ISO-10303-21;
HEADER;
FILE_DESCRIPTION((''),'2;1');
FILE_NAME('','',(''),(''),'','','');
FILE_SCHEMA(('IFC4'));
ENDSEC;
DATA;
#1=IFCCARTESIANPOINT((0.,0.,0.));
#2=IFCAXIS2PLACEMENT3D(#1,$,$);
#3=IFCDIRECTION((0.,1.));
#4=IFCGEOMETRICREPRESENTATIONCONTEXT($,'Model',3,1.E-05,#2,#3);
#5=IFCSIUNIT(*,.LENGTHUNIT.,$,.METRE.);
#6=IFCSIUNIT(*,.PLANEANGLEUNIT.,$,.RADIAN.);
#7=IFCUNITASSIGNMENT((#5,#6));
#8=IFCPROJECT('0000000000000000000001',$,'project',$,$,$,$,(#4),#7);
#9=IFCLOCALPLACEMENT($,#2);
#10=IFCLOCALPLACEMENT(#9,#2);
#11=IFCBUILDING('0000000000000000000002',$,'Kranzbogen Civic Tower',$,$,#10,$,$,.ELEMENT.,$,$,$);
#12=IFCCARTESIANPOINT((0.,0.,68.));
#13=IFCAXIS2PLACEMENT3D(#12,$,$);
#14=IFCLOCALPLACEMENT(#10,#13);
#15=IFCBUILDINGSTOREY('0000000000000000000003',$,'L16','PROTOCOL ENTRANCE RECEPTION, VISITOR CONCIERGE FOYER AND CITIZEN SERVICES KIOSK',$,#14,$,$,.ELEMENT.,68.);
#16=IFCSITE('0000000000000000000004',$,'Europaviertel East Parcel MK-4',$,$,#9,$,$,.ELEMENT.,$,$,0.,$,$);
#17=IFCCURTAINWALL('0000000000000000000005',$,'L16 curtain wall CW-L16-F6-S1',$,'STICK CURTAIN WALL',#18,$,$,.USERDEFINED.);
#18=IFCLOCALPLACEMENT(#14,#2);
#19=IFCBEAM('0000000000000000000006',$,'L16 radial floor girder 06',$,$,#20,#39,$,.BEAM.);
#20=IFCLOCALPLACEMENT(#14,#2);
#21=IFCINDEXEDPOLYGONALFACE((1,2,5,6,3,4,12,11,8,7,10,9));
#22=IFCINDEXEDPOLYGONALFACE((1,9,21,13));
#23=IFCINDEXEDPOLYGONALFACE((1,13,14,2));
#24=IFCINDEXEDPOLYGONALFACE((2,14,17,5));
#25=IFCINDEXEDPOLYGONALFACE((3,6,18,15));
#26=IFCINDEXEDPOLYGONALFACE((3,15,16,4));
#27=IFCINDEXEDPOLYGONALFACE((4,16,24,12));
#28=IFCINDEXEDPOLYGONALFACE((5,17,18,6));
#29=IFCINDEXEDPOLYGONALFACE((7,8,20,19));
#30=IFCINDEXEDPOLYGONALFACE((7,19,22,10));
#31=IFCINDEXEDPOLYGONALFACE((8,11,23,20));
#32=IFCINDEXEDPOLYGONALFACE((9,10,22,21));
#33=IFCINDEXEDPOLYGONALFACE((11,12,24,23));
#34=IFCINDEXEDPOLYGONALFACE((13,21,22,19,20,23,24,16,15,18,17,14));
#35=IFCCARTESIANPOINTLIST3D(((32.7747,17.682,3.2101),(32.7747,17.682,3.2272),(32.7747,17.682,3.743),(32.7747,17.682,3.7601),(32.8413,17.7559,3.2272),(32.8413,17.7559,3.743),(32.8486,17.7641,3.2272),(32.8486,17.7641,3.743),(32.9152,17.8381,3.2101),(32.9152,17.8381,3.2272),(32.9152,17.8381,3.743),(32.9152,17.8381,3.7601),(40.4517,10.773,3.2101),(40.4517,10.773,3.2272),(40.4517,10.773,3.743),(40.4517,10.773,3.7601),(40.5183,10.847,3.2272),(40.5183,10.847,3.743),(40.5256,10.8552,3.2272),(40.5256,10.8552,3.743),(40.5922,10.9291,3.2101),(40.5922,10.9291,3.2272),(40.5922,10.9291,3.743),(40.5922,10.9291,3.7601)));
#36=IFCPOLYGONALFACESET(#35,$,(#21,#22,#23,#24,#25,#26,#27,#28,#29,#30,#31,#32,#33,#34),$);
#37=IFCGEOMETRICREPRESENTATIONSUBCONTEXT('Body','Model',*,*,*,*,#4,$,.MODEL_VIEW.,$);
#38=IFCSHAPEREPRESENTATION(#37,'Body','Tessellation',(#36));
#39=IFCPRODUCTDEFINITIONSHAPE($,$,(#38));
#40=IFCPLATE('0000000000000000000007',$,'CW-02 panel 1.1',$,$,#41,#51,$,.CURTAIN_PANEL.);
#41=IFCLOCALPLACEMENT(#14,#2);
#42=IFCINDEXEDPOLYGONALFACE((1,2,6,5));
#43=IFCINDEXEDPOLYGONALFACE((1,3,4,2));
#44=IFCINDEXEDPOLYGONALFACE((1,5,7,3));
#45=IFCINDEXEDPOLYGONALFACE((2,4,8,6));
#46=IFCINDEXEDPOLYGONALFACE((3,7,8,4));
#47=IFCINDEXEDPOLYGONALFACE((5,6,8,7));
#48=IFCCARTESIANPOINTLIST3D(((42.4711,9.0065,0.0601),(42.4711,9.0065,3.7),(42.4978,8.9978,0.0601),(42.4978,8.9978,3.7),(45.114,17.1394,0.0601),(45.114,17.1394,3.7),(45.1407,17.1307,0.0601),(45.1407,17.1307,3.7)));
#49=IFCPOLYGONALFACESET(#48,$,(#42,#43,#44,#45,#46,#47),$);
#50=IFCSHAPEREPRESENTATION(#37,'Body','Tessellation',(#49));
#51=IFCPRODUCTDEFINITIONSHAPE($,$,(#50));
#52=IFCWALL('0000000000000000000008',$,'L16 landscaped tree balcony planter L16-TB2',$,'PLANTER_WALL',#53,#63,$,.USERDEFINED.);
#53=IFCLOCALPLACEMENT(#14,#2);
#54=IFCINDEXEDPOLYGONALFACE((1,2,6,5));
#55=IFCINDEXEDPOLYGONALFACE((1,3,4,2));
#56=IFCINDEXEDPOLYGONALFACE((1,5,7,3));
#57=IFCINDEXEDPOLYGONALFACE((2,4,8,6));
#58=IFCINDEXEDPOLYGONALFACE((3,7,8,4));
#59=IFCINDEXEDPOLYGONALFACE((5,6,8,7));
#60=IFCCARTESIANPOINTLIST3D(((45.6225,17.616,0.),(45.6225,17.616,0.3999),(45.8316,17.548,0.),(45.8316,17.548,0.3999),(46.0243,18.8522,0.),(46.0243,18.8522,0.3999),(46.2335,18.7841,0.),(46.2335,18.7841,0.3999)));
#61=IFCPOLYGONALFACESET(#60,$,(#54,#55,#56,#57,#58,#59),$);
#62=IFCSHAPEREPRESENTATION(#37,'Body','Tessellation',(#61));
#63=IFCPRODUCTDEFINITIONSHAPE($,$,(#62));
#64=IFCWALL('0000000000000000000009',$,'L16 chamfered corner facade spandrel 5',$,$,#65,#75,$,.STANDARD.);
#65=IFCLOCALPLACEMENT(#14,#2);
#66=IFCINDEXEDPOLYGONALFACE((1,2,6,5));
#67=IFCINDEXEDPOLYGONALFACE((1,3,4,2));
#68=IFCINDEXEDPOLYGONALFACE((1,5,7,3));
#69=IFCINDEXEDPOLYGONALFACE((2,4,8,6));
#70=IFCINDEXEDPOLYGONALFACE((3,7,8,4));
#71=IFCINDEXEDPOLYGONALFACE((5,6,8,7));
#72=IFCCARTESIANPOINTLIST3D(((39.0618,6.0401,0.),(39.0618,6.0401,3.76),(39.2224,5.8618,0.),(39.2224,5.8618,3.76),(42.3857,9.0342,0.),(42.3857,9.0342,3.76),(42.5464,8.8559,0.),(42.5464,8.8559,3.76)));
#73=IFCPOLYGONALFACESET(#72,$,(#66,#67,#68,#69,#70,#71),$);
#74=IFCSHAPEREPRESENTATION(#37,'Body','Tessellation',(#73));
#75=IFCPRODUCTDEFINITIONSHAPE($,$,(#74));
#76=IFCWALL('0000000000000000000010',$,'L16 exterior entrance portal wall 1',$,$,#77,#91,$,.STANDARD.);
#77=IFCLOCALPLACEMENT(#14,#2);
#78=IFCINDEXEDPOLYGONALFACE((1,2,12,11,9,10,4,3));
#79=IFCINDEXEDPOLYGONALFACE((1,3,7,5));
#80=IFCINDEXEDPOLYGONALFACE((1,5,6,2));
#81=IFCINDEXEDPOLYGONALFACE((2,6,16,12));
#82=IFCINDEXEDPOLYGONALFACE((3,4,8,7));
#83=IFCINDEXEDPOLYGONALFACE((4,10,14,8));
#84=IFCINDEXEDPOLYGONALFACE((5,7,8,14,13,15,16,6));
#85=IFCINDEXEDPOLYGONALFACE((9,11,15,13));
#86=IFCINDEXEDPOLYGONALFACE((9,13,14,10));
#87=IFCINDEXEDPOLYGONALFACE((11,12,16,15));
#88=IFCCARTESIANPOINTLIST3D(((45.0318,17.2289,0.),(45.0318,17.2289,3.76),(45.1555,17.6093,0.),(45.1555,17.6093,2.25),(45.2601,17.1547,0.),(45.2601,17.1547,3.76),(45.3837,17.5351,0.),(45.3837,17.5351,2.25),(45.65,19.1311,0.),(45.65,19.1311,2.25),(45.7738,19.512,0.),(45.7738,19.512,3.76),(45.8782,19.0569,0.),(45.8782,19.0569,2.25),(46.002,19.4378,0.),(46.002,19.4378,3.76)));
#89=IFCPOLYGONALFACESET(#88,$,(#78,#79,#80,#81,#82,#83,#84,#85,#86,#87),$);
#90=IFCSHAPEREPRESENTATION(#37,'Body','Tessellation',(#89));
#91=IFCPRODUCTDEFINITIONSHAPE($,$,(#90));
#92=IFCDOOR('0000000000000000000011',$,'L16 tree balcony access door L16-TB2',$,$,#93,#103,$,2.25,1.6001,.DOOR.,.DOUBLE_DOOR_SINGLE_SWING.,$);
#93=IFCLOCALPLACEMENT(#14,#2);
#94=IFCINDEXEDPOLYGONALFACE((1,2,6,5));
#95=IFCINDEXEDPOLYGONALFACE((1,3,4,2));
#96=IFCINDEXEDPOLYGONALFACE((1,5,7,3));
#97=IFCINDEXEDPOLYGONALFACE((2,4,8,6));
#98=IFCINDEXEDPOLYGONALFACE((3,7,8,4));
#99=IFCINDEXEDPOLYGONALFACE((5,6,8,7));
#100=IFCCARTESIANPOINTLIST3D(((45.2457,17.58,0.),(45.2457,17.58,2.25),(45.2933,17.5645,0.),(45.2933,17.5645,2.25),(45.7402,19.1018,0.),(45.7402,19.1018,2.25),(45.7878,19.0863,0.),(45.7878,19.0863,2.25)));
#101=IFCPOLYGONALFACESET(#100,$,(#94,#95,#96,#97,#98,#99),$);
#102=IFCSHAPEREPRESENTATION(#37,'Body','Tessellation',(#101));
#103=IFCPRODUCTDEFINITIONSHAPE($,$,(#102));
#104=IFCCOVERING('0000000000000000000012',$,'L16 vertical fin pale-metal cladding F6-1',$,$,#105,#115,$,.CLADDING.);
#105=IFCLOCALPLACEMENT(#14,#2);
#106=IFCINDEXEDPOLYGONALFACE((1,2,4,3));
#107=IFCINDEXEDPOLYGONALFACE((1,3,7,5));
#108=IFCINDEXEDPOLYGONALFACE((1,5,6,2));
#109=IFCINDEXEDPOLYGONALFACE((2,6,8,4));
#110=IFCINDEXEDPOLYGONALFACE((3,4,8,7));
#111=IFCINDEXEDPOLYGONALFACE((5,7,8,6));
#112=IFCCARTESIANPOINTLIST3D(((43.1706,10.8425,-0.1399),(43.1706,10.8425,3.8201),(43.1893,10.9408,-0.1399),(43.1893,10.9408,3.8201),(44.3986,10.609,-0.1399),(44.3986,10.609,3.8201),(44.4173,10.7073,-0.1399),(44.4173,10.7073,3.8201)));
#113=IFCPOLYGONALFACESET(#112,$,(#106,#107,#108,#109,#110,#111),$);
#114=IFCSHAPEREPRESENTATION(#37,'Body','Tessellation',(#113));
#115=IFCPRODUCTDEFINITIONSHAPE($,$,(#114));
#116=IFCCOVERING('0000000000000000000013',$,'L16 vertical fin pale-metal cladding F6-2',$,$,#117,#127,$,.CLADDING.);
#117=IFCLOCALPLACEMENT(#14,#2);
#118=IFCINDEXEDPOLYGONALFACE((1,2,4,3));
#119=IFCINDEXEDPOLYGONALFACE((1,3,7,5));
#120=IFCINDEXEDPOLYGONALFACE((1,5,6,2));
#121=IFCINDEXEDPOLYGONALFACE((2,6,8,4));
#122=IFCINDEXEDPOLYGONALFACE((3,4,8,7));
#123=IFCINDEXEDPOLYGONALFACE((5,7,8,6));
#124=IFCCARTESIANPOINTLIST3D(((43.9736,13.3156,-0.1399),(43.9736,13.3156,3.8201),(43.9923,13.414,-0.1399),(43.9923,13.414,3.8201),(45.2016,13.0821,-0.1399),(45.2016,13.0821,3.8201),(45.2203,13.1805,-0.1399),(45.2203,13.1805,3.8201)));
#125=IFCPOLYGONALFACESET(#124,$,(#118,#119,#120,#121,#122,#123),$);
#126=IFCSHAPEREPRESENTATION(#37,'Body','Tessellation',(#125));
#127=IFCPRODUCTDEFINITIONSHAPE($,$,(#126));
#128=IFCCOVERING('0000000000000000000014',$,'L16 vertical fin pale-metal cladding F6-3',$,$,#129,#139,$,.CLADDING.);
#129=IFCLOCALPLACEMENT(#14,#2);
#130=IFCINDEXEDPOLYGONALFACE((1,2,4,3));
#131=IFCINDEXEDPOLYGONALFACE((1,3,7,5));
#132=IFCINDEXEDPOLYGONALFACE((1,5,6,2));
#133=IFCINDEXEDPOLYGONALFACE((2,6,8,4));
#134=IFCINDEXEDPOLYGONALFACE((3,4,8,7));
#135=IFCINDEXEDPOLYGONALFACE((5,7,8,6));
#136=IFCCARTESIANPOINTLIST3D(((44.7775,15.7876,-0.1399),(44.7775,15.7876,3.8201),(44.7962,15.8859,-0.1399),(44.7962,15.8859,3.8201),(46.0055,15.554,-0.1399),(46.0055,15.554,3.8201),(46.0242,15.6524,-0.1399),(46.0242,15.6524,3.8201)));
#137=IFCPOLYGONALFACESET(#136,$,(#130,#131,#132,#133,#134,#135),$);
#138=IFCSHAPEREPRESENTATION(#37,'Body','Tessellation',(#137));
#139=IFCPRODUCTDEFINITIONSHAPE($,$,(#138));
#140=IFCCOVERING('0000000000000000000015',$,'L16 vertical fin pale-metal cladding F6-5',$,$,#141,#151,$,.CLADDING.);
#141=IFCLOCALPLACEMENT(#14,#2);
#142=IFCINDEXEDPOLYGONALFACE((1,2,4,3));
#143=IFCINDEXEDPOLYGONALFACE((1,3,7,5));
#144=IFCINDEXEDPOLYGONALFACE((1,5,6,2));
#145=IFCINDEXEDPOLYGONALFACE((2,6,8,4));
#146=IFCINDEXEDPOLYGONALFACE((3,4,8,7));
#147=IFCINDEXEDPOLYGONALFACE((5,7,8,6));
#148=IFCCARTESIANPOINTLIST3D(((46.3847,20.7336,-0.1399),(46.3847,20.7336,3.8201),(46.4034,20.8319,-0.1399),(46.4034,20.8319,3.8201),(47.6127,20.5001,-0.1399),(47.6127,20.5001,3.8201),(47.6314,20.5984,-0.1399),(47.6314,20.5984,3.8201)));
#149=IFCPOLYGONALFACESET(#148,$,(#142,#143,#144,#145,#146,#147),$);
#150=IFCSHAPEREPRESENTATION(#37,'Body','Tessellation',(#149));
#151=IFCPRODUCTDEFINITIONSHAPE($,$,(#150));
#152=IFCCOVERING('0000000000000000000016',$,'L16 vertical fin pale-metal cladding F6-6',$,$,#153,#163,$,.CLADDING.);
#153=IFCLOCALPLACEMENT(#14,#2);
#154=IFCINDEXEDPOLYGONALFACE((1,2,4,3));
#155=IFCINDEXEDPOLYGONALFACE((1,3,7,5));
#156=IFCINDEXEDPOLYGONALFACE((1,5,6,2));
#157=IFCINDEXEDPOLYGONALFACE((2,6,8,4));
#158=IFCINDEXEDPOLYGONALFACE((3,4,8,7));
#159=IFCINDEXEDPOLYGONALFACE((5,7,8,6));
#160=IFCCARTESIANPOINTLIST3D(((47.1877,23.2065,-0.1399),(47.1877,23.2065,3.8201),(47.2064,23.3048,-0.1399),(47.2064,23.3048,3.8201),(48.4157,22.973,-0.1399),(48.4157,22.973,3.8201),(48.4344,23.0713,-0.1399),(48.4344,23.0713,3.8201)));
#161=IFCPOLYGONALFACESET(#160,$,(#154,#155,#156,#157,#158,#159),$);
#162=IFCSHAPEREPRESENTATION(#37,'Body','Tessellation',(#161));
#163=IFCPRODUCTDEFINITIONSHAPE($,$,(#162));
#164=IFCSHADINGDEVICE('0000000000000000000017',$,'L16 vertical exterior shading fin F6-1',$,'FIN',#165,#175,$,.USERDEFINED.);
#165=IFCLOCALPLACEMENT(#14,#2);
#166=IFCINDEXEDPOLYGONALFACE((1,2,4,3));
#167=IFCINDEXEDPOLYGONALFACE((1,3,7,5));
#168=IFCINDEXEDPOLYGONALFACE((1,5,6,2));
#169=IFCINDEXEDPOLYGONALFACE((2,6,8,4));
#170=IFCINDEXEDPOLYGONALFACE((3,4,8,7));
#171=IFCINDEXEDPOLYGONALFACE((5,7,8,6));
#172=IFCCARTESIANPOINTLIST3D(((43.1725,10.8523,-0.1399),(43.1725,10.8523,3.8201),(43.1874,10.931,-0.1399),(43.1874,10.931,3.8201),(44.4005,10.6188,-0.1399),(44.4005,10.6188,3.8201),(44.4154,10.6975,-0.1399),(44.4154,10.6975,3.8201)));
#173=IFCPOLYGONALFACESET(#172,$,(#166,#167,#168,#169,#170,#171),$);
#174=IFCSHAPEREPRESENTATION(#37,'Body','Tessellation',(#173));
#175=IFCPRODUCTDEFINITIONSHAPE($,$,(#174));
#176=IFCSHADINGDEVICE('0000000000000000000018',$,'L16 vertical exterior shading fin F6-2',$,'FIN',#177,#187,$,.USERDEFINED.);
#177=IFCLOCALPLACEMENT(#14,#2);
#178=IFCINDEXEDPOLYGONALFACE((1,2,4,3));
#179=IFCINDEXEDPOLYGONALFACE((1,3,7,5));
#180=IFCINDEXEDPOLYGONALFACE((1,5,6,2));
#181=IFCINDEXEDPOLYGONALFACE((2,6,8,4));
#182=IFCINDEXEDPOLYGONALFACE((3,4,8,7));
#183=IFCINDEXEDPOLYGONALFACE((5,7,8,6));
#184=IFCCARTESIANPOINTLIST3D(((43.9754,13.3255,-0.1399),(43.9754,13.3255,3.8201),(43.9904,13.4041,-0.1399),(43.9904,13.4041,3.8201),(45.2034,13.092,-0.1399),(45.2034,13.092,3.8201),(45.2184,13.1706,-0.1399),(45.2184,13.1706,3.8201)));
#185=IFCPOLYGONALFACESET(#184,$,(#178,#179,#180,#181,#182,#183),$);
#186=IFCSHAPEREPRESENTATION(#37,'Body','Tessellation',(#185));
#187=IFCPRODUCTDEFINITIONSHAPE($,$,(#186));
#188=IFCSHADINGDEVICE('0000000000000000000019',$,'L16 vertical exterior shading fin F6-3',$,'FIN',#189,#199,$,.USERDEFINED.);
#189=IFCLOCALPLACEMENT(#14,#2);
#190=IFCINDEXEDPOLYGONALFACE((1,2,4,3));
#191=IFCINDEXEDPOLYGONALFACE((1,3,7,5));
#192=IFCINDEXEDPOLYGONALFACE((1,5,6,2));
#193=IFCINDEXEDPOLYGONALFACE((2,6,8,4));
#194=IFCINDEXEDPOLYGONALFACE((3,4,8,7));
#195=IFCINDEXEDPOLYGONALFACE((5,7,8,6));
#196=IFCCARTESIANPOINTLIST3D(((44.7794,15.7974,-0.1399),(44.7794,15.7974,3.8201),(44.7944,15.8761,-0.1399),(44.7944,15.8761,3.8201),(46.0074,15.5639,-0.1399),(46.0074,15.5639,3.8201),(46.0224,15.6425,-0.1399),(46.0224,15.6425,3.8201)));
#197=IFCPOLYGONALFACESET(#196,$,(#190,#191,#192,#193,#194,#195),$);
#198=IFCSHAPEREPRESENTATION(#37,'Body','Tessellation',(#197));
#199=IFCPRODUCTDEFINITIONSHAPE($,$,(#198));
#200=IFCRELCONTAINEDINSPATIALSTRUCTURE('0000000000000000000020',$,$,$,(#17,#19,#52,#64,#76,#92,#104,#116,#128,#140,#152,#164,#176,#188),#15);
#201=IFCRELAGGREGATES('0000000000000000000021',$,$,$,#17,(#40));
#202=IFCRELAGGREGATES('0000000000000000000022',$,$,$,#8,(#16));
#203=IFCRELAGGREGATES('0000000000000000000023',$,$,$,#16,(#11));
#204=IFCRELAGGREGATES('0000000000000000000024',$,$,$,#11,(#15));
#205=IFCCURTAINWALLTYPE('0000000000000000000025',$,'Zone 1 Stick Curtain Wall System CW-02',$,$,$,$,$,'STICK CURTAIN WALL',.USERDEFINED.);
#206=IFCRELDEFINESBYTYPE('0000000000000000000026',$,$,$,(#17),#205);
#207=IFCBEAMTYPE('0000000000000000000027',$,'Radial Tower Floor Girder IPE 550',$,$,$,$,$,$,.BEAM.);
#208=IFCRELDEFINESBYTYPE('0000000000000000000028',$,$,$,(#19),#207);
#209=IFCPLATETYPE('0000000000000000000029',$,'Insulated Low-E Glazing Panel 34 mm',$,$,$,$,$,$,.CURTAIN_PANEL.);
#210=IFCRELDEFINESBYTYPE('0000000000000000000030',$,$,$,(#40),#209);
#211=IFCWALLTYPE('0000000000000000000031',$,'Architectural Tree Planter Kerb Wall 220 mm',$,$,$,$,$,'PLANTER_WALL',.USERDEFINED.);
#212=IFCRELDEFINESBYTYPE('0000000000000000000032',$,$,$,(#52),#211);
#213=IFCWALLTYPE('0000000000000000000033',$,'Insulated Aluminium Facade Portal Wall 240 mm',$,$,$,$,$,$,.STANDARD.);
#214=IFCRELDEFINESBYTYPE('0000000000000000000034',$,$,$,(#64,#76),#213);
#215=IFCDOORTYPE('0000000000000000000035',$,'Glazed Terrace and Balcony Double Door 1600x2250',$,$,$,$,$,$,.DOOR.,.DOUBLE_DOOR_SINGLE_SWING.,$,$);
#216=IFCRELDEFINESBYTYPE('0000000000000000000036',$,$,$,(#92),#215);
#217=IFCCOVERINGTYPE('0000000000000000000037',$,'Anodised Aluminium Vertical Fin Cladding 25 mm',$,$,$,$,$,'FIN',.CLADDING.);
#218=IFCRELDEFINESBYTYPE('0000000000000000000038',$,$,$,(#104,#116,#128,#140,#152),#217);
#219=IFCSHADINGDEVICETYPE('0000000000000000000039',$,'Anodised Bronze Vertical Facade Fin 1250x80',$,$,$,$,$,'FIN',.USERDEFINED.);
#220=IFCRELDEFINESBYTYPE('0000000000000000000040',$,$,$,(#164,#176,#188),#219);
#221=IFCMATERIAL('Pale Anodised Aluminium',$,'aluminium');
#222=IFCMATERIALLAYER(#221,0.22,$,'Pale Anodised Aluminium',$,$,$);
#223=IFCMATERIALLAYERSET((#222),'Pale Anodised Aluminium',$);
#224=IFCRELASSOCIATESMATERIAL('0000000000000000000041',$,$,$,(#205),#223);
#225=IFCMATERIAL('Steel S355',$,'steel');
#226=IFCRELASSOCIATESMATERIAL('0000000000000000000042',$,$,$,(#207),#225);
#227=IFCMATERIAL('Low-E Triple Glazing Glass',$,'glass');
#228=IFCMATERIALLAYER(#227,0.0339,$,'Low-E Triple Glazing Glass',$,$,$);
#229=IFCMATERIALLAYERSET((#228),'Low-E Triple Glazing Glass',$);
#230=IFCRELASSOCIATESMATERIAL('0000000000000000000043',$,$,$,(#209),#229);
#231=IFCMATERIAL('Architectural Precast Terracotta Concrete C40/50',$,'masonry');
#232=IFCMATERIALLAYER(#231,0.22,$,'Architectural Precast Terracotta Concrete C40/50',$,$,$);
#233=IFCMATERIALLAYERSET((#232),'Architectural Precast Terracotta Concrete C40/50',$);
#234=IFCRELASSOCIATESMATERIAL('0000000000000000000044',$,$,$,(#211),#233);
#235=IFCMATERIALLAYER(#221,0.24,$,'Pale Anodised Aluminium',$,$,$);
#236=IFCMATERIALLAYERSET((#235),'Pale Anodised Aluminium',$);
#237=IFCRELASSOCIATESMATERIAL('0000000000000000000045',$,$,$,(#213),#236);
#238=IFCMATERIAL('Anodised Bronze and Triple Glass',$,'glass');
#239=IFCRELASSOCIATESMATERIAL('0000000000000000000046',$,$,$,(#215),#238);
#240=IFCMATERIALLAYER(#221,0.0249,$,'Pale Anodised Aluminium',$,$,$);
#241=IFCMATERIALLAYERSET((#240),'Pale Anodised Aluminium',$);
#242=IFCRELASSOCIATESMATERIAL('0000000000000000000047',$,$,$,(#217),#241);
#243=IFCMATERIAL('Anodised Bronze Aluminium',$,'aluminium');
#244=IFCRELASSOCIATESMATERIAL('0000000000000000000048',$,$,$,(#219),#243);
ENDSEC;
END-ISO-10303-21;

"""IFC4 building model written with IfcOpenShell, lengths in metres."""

from ifc_helpers import new_model, si_unit, direction, frame, frame_2d, origin, origin_2d, place, context, subcontext, project, spatial, rectangle, i_section, extrude, material, layer, layer_set, material_profile, profile_set, type_object, element, fill, aggregate, save


model = new_model("IFC4")

# Units and contexts
model_context = context("Model", 3, precision=1e-05, world=origin(), true_north=direction((0.0, 1.0)))
body_context = subcontext(model_context, "Body", "Model", "MODEL_VIEW")
ifc_project = project(units=[si_unit("LENGTHUNIT", "METRE"), si_unit("PLANEANGLEUNIT", "RADIAN")], contexts=[model_context])

# Site, building, storey
site_placement = place(None, origin())
site = spatial("IfcSite", under=ifc_project, at=site_placement, Name="Europaviertel East Parcel MK-4", CompositionType="ELEMENT", RefElevation=0.0)
building_placement = place(site_placement, origin())
building = spatial("IfcBuilding", under=site, at=building_placement, Name="Kranzbogen Civic Tower", CompositionType="ELEMENT")
storey_placement = place(building_placement, frame((0.0, 0.0, 68.0)))
storey = spatial("IfcBuildingStorey", under=building, at=storey_placement, Name="L16", Description="PROTOCOL ENTRANCE RECEPTION, VISITOR CONCIERGE FOYER AND CITIZEN SERVICES KIOSK", CompositionType="ELEMENT", Elevation=68.0)

# Shared definitions
ifc_material_1 = material(Name="Steel S355", Category="steel")

# Shared definitions
ifc_material_2 = material(Name="Pale Anodised Aluminium", Category="aluminium")
ifc_layer_1 = layer(ifc_material_2, 0.22, Name="Pale Anodised Aluminium")
ifc_layer_set_1 = layer_set([ifc_layer_1], Name="Pale Anodised Aluminium")
curtain_wall_type = type_object("IfcCurtainWallType", Name="Zone 1 Stick Curtain Wall System CW-02", ElementType="STICK CURTAIN WALL", PredefinedType="USERDEFINED", material=ifc_layer_set_1)

# Curtain wall
curtain_wall_1_placement = place(storey_placement, origin())
curtain_wall_1 = element("IfcCurtainWall", 1, at=curtain_wall_1_placement, inside=storey, type_object=curtain_wall_type, Name="L16 curtain wall CW-L16-F6-S1", ObjectType="STICK CURTAIN WALL", PredefinedType="USERDEFINED")

# Beam
ifc_material_profile_1 = material_profile(ifc_material_1, i_section(OverallWidth=0.21, OverallDepth=0.55, WebThickness=0.011, FlangeThickness=0.0171, at=origin_2d()), Name="IPE 550")
ifc_profile_set_1 = profile_set([ifc_material_profile_1], Name="Steel S355")
beam_type_1 = type_object("IfcBeamType", Name="Radial Tower Floor Girder IPE 550", PredefinedType="BEAM", material=ifc_profile_set_1)
beam_1_placement = place(storey_placement, frame((40.522, 10.8511, 3.4851), z_axis=(-0.743312, 0.668945, 0.0), x_axis=(-0.668945, -0.743312, 0.0)))
element("IfcBeam", 2, at=beam_1_placement, inside=storey, type_object=beam_type_1, Name="L16 radial floor girder 06", PredefinedType="BEAM", context=body_context, shape_type="SweptSolid", body=[
    extrude(i_section(OverallWidth=0.21, OverallDepth=0.55, WebThickness=0.011, FlangeThickness=0.0171, at=origin_2d()), origin(), (0.0, 0.0, 1.0), 10.3281),
])

# Plate
ifc_material_3 = material(Name="Low-E Triple Glazing Glass", Category="glass")
ifc_layer_2 = layer(ifc_material_3, 0.0339, Name="Low-E Triple Glazing Glass")
ifc_layer_set_2 = layer_set([ifc_layer_2], Name="Low-E Triple Glazing Glass")
plate_type = type_object("IfcPlateType", Name="Insulated Low-E Glazing Panel 34 mm", PredefinedType="CURTAIN_PANEL", material=ifc_layer_set_2)
plate_placement = place(storey_placement, frame((43.8059, 13.0686, 0.0601), z_axis=(0.0, 0.0, 1.0), x_axis=(0.309057, 0.951043, 0.0)))
plate = element("IfcPlate", 3, at=plate_placement, type_object=plate_type, Name="CW-02 panel 1.1", PredefinedType="CURTAIN_PANEL", context=body_context, shape_type="SweptSolid", body=[
    extrude(rectangle(XDim=8.5515, YDim=0.0281, at=origin_2d()), origin(), (0.0, 0.0, 1.0), 3.6399),
])
aggregate(curtain_wall_1, [plate])

# Walls
ifc_material_4 = material(Name="Architectural Precast Terracotta Concrete C40/50", Category="masonry")
ifc_layer_3 = layer(ifc_material_4, 0.22, Name="Architectural Precast Terracotta Concrete C40/50")
ifc_layer_set_3 = layer_set([ifc_layer_3], Name="Architectural Precast Terracotta Concrete C40/50")
wall_type_1 = type_object("IfcWallType", Name="Architectural Tree Planter Kerb Wall 220 mm", ElementType="PLANTER_WALL", PredefinedType="USERDEFINED", material=ifc_layer_set_3)
wall_1_placement = place(storey_placement, frame((45.7271, 17.582, 0.0), z_axis=(0.0, 0.0, 1.0), x_axis=(0.309175, 0.951005, 0.0)))
element("IfcWall", 4, at=wall_1_placement, inside=storey, type_object=wall_type_1, Name="L16 landscaped tree balcony planter L16-TB2", ObjectType="PLANTER_WALL", PredefinedType="USERDEFINED", context=body_context, shape_type="SweptSolid", body=[
    extrude(rectangle(XDim=1.2998, YDim=0.22, at=frame_2d((0.6499, 0.0))), origin(), (0.0, 0.0, 1.0), 0.3999),
])
ifc_layer_4 = layer(ifc_material_2, 0.24, Name="Pale Anodised Aluminium")
ifc_layer_set_4 = layer_set([ifc_layer_4], Name="Pale Anodised Aluminium")
wall_type_2 = type_object("IfcWallType", Name="Insulated Aluminium Facade Portal Wall 240 mm", PredefinedType="STANDARD", material=ifc_layer_set_4)
wall_2_placement = place(storey_placement, frame((39.1421, 5.9509, 0.0), z_axis=(0.0, 0.0, 1.0), x_axis=(0.743009, 0.669281, 0.0)))
element("IfcWall", 5, at=wall_2_placement, inside=storey, type_object=wall_type_2, Name="L16 chamfered corner facade spandrel 5", PredefinedType="STANDARD", context=body_context, shape_type="SweptSolid", body=[
    extrude(rectangle(XDim=4.4736, YDim=0.24, at=frame_2d((2.2368, 0.0))), origin(), (0.0, 0.0, 1.0), 3.76),
])

# Wall, opening, door
wall_3_placement = place(storey_placement, frame((45.146, 17.1919, 0.0), z_axis=(0.0, 0.0, 1.0), x_axis=(0.309049, 0.951046, 0.0)))
wall_3 = element("IfcWall", 6, at=wall_3_placement, inside=storey, type_object=wall_type_2, Name="L16 exterior entrance portal wall 1", PredefinedType="STANDARD", context=body_context, shape_type="SweptSolid", body=[
    extrude(rectangle(XDim=2.4006, YDim=0.24, at=frame_2d((1.2002, 0.0))), origin(), (0.0, 0.0, 1.0), 3.76),
])
opening_placement = place(wall_3_placement, frame((0.3999, 0.0, 0.0)))
opening = element("IfcOpeningElement", 7, at=opening_placement, cuts=wall_3, PredefinedType="OPENING", context=body_context, shape_type="SweptSolid", body=[
    extrude(rectangle(XDim=1.6001, YDim=2.25, at=frame_2d((0.8, 1.125))), frame((0.0, 0.1299, 0.0), z_axis=(0.0, -1.0, 0.0), x_axis=(1.0, 0.0, 0.0)), (0.0, 0.0, 1.0), 0.26),
])
ifc_material_5 = material(Name="Anodised Bronze and Triple Glass", Category="glass")
door_type = type_object("IfcDoorType", Name="Glazed Terrace and Balcony Double Door 1600x2250", OperationType="DOUBLE_DOOR_SINGLE_SWING", PredefinedType="DOOR", material=ifc_material_5)
door_placement = place(opening_placement, frame((1.6001, 0.0, 0.0), z_axis=(0.0, 0.0, 1.0), x_axis=(-1.0, 0.0, 0.0)))
door = element("IfcDoor", 8, at=door_placement, inside=storey, type_object=door_type, Name="L16 tree balcony access door L16-TB2", OperationType="DOUBLE_DOOR_SINGLE_SWING", OverallHeight=2.25, OverallWidth=1.6001, PredefinedType="DOOR", context=body_context, shape_type="SweptSolid", body=[
    extrude(rectangle(XDim=1.6001, YDim=2.25, at=frame_2d((0.8, 1.125))), frame((0.0, 0.0249, 0.0), z_axis=(0.0, -1.0, 0.0), x_axis=(1.0, 0.0, 0.0)), (0.0, 0.0, 1.0), 0.05),
])
fill(opening, door)

# Coverings
ifc_layer_5 = layer(ifc_material_2, 0.0249, Name="Pale Anodised Aluminium")
ifc_layer_set_5 = layer_set([ifc_layer_5], Name="Pale Anodised Aluminium")
covering_type = type_object("IfcCoveringType", Name="Anodised Aluminium Vertical Fin Cladding 25 mm", ElementType="FIN", PredefinedType="CLADDING", material=ifc_layer_set_5)
for number, where, z_axis, x_axis, name in (
    (9, (43.7939, 10.7749, -0.1399), (0.0, 0.0, 1.0), (0.982395, -0.186816, 0.0), "L16 vertical fin pale-metal cladding F6-1"),
    (10, (44.5969, 13.248, -0.1399), (0.0, 0.0, 1.0), (0.982395, -0.186816, 0.0), "L16 vertical fin pale-metal cladding F6-2"),
    (11, (45.4009, 15.72, -0.1399), (0.0, 0.0, 1.0), (0.982395, -0.186816, 0.0), "L16 vertical fin pale-metal cladding F6-3"),
    (12, (47.0081, 20.666, -0.1399), (0.0, 0.0, 1.0), (0.982395, -0.186816, 0.0), "L16 vertical fin pale-metal cladding F6-5"),
    (13, (47.811, 23.1389, -0.1399), (0.0, 0.0, 1.0), (0.982395, -0.186816, 0.0), "L16 vertical fin pale-metal cladding F6-6"),
):
    element("IfcCovering", number, at=place(storey_placement, frame(where, z_axis=z_axis, x_axis=x_axis)), inside=storey, type_object=covering_type, Name=name, PredefinedType="CLADDING", context=body_context, shape_type="SweptSolid", body=[
        extrude(rectangle(XDim=1.25, YDim=0.1001, at=origin_2d()), origin(), (0.0, 0.0, 1.0), 3.96),
    ])

# Shading devices
ifc_material_6 = material(Name="Anodised Bronze Aluminium", Category="aluminium")
shading_device_type = type_object("IfcShadingDeviceType", Name="Anodised Bronze Vertical Facade Fin 1250x80", ElementType="FIN", PredefinedType="USERDEFINED", material=ifc_material_6)
for number, where, z_axis, x_axis, name in (
    (14, (43.7939, 10.7749, -0.1399), (0.0, 0.0, 1.0), (0.982395, -0.186816, 0.0), "L16 vertical exterior shading fin F6-1"),
    (15, (44.5969, 13.248, -0.1399), (0.0, 0.0, 1.0), (0.982395, -0.186816, 0.0), "L16 vertical exterior shading fin F6-2"),
    (16, (45.4009, 15.72, -0.1399), (0.0, 0.0, 1.0), (0.982395, -0.186816, 0.0), "L16 vertical exterior shading fin F6-3"),
):
    element("IfcShadingDevice", number, at=place(storey_placement, frame(where, z_axis=z_axis, x_axis=x_axis)), inside=storey, type_object=shading_device_type, Name=name, ObjectType="FIN", PredefinedType="USERDEFINED", context=body_context, shape_type="SweptSolid", body=[
        extrude(rectangle(XDim=1.25, YDim=0.0801, at=origin_2d()), origin(), (0.0, 0.0, 1.0), 3.96),
    ])

save(model, "model.ifc")
